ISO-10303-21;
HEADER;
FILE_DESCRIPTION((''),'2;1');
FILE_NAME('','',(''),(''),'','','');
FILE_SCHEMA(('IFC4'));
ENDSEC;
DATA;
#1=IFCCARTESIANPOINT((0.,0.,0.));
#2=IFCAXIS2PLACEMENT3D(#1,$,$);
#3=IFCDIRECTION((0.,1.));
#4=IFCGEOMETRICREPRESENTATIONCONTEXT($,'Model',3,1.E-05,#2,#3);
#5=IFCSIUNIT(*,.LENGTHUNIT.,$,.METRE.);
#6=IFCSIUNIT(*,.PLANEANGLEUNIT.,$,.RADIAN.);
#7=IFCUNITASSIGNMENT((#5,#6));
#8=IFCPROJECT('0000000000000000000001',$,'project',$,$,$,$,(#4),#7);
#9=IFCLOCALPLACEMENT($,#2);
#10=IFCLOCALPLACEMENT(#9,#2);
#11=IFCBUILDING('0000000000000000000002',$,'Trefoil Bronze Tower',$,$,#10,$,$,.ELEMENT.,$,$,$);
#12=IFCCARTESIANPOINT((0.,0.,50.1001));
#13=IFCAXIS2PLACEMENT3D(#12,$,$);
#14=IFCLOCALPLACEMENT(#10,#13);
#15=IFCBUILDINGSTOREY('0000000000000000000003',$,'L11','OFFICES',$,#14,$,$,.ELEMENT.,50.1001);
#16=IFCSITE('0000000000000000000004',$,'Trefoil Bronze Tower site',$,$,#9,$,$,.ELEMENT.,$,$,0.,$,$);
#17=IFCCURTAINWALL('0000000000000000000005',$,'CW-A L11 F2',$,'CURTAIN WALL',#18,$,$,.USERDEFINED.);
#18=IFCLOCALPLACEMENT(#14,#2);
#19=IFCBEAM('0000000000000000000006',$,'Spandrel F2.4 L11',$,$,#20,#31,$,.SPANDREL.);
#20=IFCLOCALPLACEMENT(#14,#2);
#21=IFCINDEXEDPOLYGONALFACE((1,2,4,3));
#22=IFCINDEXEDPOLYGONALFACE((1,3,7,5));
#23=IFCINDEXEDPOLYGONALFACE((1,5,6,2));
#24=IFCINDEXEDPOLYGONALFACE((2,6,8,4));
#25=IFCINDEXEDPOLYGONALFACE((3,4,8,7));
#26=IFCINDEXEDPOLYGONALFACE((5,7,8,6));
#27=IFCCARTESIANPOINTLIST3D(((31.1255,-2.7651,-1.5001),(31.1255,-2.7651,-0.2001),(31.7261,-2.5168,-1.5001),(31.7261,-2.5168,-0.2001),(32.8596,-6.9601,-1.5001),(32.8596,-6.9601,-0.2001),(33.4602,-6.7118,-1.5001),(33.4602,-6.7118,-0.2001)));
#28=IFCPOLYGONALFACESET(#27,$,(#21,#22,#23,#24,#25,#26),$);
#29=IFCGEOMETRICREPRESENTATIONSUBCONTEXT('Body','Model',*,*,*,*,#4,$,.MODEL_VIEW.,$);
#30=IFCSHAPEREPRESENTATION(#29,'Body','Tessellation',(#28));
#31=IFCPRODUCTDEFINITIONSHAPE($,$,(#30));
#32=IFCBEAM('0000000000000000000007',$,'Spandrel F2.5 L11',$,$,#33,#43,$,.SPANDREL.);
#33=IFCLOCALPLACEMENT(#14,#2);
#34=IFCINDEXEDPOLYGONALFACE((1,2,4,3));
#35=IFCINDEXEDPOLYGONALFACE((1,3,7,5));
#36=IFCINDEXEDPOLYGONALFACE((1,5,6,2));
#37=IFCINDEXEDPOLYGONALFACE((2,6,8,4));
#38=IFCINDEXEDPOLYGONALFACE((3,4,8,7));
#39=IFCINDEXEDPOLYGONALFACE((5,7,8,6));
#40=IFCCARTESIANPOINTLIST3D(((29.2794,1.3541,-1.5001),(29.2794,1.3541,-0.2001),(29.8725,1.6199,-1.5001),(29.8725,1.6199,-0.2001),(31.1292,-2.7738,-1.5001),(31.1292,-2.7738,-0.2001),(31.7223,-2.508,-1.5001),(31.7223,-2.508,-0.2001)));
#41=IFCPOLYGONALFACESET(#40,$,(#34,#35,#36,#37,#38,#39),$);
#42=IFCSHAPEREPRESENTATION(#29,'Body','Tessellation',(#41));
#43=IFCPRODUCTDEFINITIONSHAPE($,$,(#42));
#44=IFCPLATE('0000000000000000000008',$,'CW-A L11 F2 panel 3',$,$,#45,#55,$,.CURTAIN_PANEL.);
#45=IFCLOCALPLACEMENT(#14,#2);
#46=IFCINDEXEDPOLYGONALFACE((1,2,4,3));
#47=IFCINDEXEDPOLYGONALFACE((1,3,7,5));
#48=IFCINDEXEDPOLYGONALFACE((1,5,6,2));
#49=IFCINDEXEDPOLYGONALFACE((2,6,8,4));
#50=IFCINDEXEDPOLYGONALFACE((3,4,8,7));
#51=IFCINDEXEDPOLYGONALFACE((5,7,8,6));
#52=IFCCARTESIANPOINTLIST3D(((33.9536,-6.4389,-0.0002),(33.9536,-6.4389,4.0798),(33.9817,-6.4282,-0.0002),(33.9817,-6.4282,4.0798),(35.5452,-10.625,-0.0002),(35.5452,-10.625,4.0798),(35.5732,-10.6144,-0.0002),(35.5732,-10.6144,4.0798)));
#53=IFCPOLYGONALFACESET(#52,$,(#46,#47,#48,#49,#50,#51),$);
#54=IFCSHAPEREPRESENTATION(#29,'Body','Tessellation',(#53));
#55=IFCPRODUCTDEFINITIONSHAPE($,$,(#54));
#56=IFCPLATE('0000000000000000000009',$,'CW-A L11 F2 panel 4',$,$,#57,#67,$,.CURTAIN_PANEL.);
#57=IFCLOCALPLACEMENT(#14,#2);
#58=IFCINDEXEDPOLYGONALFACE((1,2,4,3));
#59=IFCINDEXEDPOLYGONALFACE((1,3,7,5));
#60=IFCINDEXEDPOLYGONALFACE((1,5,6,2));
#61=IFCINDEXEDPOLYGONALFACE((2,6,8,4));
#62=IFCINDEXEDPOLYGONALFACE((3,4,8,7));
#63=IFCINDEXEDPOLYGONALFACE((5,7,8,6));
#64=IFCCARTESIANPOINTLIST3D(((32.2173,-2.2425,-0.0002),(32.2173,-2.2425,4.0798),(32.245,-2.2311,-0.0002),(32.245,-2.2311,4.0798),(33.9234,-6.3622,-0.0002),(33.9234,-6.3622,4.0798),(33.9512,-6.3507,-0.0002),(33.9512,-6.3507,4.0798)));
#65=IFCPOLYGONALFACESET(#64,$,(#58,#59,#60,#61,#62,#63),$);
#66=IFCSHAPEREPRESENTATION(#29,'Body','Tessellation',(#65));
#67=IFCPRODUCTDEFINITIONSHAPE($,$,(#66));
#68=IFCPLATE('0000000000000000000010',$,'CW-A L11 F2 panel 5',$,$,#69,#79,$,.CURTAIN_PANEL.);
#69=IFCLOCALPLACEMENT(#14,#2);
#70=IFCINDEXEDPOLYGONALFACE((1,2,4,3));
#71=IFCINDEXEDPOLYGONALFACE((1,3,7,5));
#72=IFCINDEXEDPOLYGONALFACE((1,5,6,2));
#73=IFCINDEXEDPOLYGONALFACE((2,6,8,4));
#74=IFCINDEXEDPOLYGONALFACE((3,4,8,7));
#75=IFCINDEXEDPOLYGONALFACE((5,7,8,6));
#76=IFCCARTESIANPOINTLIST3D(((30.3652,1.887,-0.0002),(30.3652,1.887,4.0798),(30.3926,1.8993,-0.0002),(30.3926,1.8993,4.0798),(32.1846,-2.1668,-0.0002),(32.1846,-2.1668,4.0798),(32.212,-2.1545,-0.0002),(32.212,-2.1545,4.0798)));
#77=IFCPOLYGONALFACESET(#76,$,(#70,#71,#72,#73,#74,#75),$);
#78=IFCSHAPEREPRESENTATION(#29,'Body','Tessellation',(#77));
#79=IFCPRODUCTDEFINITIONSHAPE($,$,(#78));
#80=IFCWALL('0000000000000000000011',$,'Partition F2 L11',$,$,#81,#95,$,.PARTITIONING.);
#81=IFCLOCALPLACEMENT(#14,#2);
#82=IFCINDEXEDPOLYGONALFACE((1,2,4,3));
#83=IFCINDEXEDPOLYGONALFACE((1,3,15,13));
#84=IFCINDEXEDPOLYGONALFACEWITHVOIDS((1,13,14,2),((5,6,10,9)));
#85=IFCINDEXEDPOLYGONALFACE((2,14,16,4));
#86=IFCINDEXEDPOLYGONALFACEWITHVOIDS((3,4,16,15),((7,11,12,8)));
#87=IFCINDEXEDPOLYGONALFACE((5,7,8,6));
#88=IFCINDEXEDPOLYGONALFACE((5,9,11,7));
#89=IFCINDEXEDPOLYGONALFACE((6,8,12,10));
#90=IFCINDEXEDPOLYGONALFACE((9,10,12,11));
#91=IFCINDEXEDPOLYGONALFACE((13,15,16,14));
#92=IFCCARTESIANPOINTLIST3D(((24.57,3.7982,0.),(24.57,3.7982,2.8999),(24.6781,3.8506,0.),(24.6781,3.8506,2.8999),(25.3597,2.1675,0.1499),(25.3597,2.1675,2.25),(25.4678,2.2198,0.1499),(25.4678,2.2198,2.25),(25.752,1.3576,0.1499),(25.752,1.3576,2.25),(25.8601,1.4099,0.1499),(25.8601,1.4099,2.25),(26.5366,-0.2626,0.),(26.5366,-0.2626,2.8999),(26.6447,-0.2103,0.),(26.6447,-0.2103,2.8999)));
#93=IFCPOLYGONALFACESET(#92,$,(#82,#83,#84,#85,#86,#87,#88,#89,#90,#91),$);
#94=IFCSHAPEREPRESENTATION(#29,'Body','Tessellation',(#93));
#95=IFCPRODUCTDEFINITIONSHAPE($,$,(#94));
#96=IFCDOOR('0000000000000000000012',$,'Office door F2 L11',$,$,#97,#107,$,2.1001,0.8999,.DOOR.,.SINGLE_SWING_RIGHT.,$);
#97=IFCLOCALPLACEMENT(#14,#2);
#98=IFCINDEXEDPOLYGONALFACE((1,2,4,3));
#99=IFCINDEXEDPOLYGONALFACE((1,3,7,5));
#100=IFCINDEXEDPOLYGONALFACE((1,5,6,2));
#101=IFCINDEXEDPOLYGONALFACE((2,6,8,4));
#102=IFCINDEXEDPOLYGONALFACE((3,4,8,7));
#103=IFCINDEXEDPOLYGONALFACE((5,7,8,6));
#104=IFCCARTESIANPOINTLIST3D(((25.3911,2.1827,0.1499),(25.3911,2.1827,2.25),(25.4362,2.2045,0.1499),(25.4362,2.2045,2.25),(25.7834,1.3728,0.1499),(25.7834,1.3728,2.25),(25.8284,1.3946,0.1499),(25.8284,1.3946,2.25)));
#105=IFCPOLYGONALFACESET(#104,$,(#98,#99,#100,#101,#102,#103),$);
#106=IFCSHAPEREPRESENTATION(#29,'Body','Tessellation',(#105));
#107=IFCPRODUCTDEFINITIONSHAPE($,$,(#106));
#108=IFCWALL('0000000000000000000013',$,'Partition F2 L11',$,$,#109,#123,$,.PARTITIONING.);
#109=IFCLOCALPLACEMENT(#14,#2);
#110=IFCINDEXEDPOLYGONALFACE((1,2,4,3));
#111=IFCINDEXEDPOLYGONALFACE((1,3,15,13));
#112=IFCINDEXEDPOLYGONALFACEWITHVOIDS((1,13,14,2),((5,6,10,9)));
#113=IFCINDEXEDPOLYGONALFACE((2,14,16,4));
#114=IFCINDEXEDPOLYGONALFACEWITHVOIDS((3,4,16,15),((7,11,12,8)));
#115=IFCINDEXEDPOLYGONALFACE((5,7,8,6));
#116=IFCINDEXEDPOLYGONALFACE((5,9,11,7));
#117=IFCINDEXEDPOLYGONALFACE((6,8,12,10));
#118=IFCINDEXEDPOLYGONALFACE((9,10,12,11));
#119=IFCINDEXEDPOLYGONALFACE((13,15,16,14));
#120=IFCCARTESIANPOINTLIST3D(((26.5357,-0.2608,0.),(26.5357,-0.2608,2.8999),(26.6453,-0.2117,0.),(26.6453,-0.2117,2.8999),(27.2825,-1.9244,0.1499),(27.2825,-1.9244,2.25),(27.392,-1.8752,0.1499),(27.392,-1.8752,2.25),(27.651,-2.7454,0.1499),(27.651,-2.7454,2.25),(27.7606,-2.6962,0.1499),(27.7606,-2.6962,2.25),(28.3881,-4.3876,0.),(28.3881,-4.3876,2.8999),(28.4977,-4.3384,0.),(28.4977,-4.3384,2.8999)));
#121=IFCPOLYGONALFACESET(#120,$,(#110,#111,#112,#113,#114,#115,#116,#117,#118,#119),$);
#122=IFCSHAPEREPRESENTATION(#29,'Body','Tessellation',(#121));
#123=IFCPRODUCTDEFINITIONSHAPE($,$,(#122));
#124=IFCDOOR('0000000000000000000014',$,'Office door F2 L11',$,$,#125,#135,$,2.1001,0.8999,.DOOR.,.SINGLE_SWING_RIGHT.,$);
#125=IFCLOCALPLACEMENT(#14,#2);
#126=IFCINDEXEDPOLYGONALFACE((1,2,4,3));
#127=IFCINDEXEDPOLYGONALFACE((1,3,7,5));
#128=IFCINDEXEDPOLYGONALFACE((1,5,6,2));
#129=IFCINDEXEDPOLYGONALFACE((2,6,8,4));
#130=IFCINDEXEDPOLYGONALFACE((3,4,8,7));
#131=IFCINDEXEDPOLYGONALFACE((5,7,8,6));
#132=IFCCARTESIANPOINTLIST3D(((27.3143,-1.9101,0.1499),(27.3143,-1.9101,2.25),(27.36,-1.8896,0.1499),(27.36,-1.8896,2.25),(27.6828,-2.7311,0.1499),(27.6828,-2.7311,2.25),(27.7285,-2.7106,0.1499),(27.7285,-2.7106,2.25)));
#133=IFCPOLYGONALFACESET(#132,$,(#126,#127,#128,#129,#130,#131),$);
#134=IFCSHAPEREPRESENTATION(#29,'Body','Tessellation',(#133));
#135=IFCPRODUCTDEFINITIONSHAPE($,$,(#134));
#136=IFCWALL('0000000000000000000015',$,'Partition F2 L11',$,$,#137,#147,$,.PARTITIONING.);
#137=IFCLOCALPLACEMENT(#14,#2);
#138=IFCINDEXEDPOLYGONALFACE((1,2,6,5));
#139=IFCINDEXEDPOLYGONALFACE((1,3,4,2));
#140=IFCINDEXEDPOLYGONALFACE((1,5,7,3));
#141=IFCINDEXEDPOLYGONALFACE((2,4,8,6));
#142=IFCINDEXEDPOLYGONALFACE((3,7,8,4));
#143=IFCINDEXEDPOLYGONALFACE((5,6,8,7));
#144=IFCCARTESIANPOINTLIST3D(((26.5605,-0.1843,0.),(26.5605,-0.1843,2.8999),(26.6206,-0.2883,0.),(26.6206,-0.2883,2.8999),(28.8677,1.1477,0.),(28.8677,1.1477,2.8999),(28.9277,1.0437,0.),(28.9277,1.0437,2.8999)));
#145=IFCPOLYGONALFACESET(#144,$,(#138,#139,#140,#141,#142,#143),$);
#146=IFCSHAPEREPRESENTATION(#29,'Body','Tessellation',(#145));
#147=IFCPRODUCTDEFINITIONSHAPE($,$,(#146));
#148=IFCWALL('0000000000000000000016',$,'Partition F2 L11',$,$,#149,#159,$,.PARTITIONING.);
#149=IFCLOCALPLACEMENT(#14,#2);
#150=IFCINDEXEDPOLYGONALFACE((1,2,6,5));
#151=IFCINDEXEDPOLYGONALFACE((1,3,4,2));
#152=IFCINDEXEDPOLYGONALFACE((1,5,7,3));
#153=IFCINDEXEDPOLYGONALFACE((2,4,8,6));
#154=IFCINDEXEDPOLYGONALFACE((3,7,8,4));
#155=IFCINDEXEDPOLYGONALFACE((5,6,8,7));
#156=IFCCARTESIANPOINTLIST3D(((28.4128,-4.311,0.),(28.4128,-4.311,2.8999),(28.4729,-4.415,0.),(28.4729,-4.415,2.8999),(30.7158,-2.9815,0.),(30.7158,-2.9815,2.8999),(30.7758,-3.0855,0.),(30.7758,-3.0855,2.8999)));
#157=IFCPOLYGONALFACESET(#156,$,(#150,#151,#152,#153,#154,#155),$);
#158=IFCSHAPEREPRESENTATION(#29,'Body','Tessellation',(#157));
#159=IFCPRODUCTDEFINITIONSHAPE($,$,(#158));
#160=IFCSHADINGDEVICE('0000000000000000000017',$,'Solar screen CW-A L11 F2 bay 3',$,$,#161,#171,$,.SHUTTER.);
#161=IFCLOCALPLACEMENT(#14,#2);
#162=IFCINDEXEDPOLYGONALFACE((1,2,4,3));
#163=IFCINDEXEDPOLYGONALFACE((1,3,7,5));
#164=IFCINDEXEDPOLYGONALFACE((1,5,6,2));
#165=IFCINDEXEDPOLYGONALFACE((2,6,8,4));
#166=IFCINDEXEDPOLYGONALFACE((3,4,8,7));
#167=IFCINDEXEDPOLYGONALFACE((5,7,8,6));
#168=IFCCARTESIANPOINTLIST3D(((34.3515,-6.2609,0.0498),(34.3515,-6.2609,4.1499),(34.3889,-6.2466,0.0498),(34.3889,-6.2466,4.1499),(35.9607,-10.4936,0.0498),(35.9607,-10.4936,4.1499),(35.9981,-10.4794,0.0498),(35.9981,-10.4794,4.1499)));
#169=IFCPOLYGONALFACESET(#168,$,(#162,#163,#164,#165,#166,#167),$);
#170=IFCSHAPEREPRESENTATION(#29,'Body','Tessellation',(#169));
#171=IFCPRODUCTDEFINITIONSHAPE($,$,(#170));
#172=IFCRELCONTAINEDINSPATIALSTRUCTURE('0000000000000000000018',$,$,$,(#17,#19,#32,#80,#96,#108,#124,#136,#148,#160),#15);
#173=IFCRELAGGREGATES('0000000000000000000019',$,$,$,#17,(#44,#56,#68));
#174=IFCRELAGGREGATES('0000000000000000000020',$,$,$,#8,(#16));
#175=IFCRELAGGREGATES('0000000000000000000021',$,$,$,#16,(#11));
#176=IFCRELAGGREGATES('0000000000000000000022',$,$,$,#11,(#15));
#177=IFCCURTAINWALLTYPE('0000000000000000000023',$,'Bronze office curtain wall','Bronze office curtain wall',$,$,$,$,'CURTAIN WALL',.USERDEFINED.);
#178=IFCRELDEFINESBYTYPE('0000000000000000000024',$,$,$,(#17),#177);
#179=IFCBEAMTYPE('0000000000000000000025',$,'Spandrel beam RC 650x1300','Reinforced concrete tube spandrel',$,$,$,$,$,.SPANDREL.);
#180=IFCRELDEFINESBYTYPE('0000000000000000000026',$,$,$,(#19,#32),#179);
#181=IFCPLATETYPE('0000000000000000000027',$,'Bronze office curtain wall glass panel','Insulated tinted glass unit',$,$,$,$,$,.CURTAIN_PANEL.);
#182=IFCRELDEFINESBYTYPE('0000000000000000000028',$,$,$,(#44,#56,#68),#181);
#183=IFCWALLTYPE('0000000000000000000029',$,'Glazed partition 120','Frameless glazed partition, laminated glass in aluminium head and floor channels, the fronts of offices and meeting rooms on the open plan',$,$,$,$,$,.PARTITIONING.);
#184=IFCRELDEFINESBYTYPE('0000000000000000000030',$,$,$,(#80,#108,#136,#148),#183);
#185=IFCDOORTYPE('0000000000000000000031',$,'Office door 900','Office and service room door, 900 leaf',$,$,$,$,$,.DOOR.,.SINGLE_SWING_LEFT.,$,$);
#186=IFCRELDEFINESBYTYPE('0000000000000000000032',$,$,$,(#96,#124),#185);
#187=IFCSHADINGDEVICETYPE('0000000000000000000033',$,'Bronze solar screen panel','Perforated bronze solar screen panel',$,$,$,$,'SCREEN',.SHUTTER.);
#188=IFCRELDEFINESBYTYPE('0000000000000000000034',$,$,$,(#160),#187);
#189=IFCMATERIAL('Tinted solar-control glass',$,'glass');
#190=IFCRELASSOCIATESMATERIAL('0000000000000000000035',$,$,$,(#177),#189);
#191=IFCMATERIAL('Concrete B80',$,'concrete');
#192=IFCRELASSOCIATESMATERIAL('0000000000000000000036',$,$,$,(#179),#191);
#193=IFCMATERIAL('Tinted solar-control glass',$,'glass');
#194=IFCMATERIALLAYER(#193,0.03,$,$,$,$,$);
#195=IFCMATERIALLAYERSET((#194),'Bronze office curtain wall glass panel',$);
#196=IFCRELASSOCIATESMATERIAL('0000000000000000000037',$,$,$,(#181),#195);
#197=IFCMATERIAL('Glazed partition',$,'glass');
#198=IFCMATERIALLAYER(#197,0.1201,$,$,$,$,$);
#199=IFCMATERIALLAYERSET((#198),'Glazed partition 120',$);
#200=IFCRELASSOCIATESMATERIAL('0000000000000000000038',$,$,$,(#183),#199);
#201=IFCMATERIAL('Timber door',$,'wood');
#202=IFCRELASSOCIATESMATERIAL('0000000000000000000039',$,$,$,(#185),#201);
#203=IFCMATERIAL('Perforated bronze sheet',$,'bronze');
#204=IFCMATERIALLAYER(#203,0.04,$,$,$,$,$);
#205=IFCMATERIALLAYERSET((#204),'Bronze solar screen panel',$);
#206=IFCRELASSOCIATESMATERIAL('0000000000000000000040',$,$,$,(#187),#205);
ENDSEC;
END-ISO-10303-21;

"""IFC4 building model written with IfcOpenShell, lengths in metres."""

from ifc_helpers import new_model, si_unit, direction, frame, frame_2d, origin, origin_2d, place, context, subcontext, project, spatial, rectangle, extrude, material, layer, layer_set, material_profile, profile_set, type_object, element, fill, aggregate, save


model = new_model("IFC4")

# Units and contexts
model_context = context("Model", 3, precision=1e-05, world=origin(), true_north=direction((0.0, 1.0)))
body_context = subcontext(model_context, "Body", "Model", "MODEL_VIEW")
ifc_project = project(units=[si_unit("LENGTHUNIT", "METRE"), si_unit("PLANEANGLEUNIT", "RADIAN")], contexts=[model_context])

# Site, building, storey
site_placement = place(None, origin())
site = spatial("IfcSite", under=ifc_project, at=site_placement, Name="Trefoil Bronze Tower site", CompositionType="ELEMENT", RefElevation=0.0)
building_placement = place(site_placement, origin())
building = spatial("IfcBuilding", under=site, at=building_placement, Name="Trefoil Bronze Tower", CompositionType="ELEMENT")
storey_placement = place(building_placement, frame((0.0, 0.0, 50.1001)))
storey = spatial("IfcBuildingStorey", under=building, at=storey_placement, Name="L11", Description="OFFICES", CompositionType="ELEMENT", Elevation=50.1001)

# Curtain wall
ifc_material_1 = material(Name="Tinted solar-control glass", Category="glass")
curtain_wall_type = type_object("IfcCurtainWallType", Name="Bronze office curtain wall", Description="Bronze office curtain wall", ElementType="CURTAIN WALL", PredefinedType="USERDEFINED", material=ifc_material_1)
curtain_wall_placement = place(storey_placement, origin())
curtain_wall = element("IfcCurtainWall", 1, at=curtain_wall_placement, inside=storey, type_object=curtain_wall_type, Name="CW-A L11 F2", ObjectType="CURTAIN WALL", PredefinedType="USERDEFINED")

# Beams
ifc_material_2 = material(Name="Concrete B80", Category="concrete")
ifc_material_profile_1 = material_profile(ifc_material_2, rectangle(XDim=0.6499, YDim=1.3, at=origin_2d()), Name="RC 650x1300")
ifc_profile_set_1 = profile_set([ifc_material_profile_1], Name="Concrete B80")
beam_type_1 = type_object("IfcBeamType", Name="Spandrel beam RC 650x1300", Description="Reinforced concrete tube spandrel", PredefinedType="SPANDREL", material=ifc_profile_set_1)
beam_1_placement = place(storey_placement, frame((33.1599, -6.8359, -0.8501), z_axis=(-0.382021, 0.924154, 0.0), x_axis=(-0.924154, -0.382021, 0.0)))
element("IfcBeam", 2, at=beam_1_placement, inside=storey, type_object=beam_type_1, Name="Spandrel F2.4 L11", PredefinedType="SPANDREL", context=body_context, shape_type="SweptSolid", body=[
    extrude(rectangle(XDim=0.6499, YDim=1.3, at=origin_2d()), origin(), (0.0, 0.0, 1.0), 4.5393),
])
beam_2_placement = place(storey_placement, frame((31.4258, -2.6409, -0.8501), z_axis=(-0.408946, 0.912559, 0.0), x_axis=(-0.912559, -0.408946, 0.0)))
element("IfcBeam", 3, at=beam_2_placement, inside=storey, type_object=beam_type_1, Name="Spandrel F2.5 L11", PredefinedType="SPANDREL", context=body_context, shape_type="SweptSolid", body=[
    extrude(rectangle(XDim=0.6499, YDim=1.3, at=origin_2d()), origin(), (0.0, 0.0, 1.0), 4.5234),
])

# Plates
ifc_material_3 = material(Name="Tinted solar-control glass", Category="glass")
ifc_layer_1 = layer(ifc_material_3, 0.03)
ifc_layer_set_1 = layer_set([ifc_layer_1], Name="Bronze office curtain wall glass panel")
plate_type = type_object("IfcPlateType", Name="Bronze office curtain wall glass panel", Description="Insulated tinted glass unit", PredefinedType="CURTAIN_PANEL", material=ifc_layer_set_1)
plate_1_placement = place(storey_placement, frame((34.7634, -8.5266, -0.0002), z_axis=(0.0, 0.0, 1.0), x_axis=(-0.355371, 0.934725, 0.0)))
plate_1 = element("IfcPlate", 4, at=plate_1_placement, type_object=plate_type, Name="CW-A L11 F2 panel 3", PredefinedType="CURTAIN_PANEL", context=body_context, shape_type="SweptSolid", body=[
    extrude(rectangle(XDim=4.4785, YDim=0.03, at=origin_2d()), origin(), (0.0, 0.0, 1.0), 4.0801),
])
plate_2_placement = place(storey_placement, frame((33.0842, -4.2966, -0.0002), z_axis=(0.0, 0.0, 1.0), x_axis=(-0.38263, 0.923902, 0.0)))
plate_2 = element("IfcPlate", 5, at=plate_2_placement, type_object=plate_type, Name="CW-A L11 F2 panel 4", PredefinedType="CURTAIN_PANEL", context=body_context, shape_type="SweptSolid", body=[
    extrude(rectangle(XDim=4.459, YDim=0.03, at=origin_2d()), origin(), (0.0, 0.0, 1.0), 4.0801),
])
plate_3_placement = place(storey_placement, frame((31.2886, -0.1338, -0.0002), z_axis=(0.0, 0.0, 1.0), x_axis=(-0.409456, 0.91233, 0.0)))
plate_3 = element("IfcPlate", 6, at=plate_3_placement, type_object=plate_type, Name="CW-A L11 F2 panel 5", PredefinedType="CURTAIN_PANEL", context=body_context, shape_type="SweptSolid", body=[
    extrude(rectangle(XDim=4.4434, YDim=0.03, at=origin_2d()), origin(), (0.0, 0.0, 1.0), 4.0801),
])
aggregate(curtain_wall, [plate_1, plate_2, plate_3])

# Walls, openings, doors
ifc_material_4 = material(Name="Glazed partition", Category="glass")
ifc_layer_2 = layer(ifc_material_4, 0.1201)
ifc_layer_set_2 = layer_set([ifc_layer_2], Name="Glazed partition 120")
wall_type = type_object("IfcWallType", Name="Glazed partition 120", Description="Frameless glazed partition, laminated glass in aluminium head and floor channels, the fronts of offices and meeting rooms on the open plan", PredefinedType="PARTITIONING", material=ifc_layer_set_2)
wall_1_placement = place(storey_placement, frame((26.5906, -0.2363, 0.0), z_axis=(0.0, 0.0, 1.0), x_axis=(-0.435858, 0.900015, 0.0)))
wall_1 = element("IfcWall", 7, at=wall_1_placement, inside=storey, type_object=wall_type, Name="Partition F2 L11", PredefinedType="PARTITIONING", context=body_context, shape_type="SweptSolid", body=[
    extrude(rectangle(XDim=4.512, YDim=0.1201, at=frame_2d((2.2559, 0.0))), origin(), (0.0, 0.0, 1.0), 2.8999),
])
opening_1_placement = place(wall_1_placement, frame((1.8, 0.0, 0.1499)))
opening_1 = element("IfcOpeningElement", 8, at=opening_1_placement, cuts=wall_1, PredefinedType="OPENING", context=body_context, shape_type="SweptSolid", body=[
    extrude(rectangle(XDim=0.8999, YDim=2.1001, at=frame_2d((0.45, 1.05))), frame((0.0, 0.0701, 0.0), z_axis=(0.0, -1.0, 0.0), x_axis=(1.0, 0.0, 0.0)), (0.0, 0.0, 1.0), 0.1401),
])
ifc_material_5 = material(Name="Timber door", Category="wood")
door_type = type_object("IfcDoorType", Name="Office door 900", Description="Office and service room door, 900 leaf", OperationType="SINGLE_SWING_LEFT", PredefinedType="DOOR", material=ifc_material_5)
door_1_placement = place(opening_1_placement, frame((0.8999, 0.0, 0.0), z_axis=(0.0, 0.0, 1.0), x_axis=(-1.0, 0.0, 0.0)))
door_1 = element("IfcDoor", 9, at=door_1_placement, inside=storey, type_object=door_type, Name="Office door F2 L11", OperationType="SINGLE_SWING_RIGHT", OverallHeight=2.1001, OverallWidth=0.8999, PredefinedType="DOOR", context=body_context, shape_type="SweptSolid", body=[
    extrude(rectangle(XDim=0.8999, YDim=2.1001, at=frame_2d((0.45, 1.05))), frame((0.0, 0.0249, 0.0), z_axis=(0.0, -1.0, 0.0), x_axis=(1.0, 0.0, 0.0)), (0.0, 0.0, 1.0), 0.05),
])
fill(opening_1, door_1)
wall_2_placement = place(storey_placement, frame((28.4429, -4.363, 0.0), z_axis=(0.0, 0.0, 1.0), x_axis=(-0.409496, 0.912312, 0.0)))
wall_2 = element("IfcWall", 10, at=wall_2_placement, inside=storey, type_object=wall_type, Name="Partition F2 L11", PredefinedType="PARTITIONING", context=body_context, shape_type="SweptSolid", body=[
    extrude(rectangle(XDim=4.5234, YDim=0.1201, at=frame_2d((2.2617, 0.0))), origin(), (0.0, 0.0, 1.0), 2.8999),
])
opening_2_placement = place(wall_2_placement, frame((1.8, 0.0, 0.1499)))
opening_2 = element("IfcOpeningElement", 11, at=opening_2_placement, cuts=wall_2, PredefinedType="OPENING", context=body_context, shape_type="SweptSolid", body=[
    extrude(rectangle(XDim=0.8999, YDim=2.1001, at=frame_2d((0.45, 1.05))), frame((0.0, 0.0701, 0.0), z_axis=(0.0, -1.0, 0.0), x_axis=(1.0, 0.0, 0.0)), (0.0, 0.0, 1.0), 0.1401),
])
door_2_placement = place(opening_2_placement, frame((0.8999, 0.0, 0.0), z_axis=(0.0, 0.0, 1.0), x_axis=(-1.0, 0.0, 0.0)))
door_2 = element("IfcDoor", 12, at=door_2_placement, inside=storey, type_object=door_type, Name="Office door F2 L11", OperationType="SINGLE_SWING_RIGHT", OverallHeight=2.1001, OverallWidth=0.8999, PredefinedType="DOOR", context=body_context, shape_type="SweptSolid", body=[
    extrude(rectangle(XDim=0.8999, YDim=2.1001, at=frame_2d((0.45, 1.05))), frame((0.0, 0.0249, 0.0), z_axis=(0.0, -1.0, 0.0), x_axis=(1.0, 0.0, 0.0)), (0.0, 0.0, 1.0), 0.05),
])
fill(opening_2, door_2)

# Walls
wall_3_placement = place(storey_placement, frame((26.5906, -0.2363, 0.0), z_axis=(0.0, 0.0, 1.0), x_axis=(0.866024, 0.500003, 0.0)))
element("IfcWall", 13, at=wall_3_placement, inside=storey, type_object=wall_type, Name="Partition F2 L11", PredefinedType="PARTITIONING", context=body_context, shape_type="SweptSolid", body=[
    extrude(rectangle(XDim=2.6641, YDim=0.1201, at=frame_2d((1.332, 0.0))), origin(), (0.0, 0.0, 1.0), 2.8999),
])
wall_4_placement = place(storey_placement, frame((28.4429, -4.363, 0.0), z_axis=(0.0, 0.0, 1.0), x_axis=(0.866031, 0.49999, 0.0)))
element("IfcWall", 14, at=wall_4_placement, inside=storey, type_object=wall_type, Name="Partition F2 L11", PredefinedType="PARTITIONING", context=body_context, shape_type="SweptSolid", body=[
    extrude(rectangle(XDim=2.6592, YDim=0.1201, at=frame_2d((1.3296, 0.0))), origin(), (0.0, 0.0, 1.0), 2.8999),
])

# Shading device
ifc_material_6 = material(Name="Perforated bronze sheet", Category="bronze")
ifc_layer_3 = layer(ifc_material_6, 0.04)
ifc_layer_set_3 = layer_set([ifc_layer_3], Name="Bronze solar screen panel")
shading_device_type = type_object("IfcShadingDeviceType", Name="Bronze solar screen panel", Description="Perforated bronze solar screen panel", ElementType="SCREEN", PredefinedType="SHUTTER", material=ifc_layer_set_3)
shading_device_1_placement = place(storey_placement, frame((35.1748, -8.3701, 0.0498), z_axis=(0.0, 0.0, 1.0), x_axis=(-0.355371, 0.934725, 0.0)))
element("IfcShadingDevice", 15, at=shading_device_1_placement, inside=storey, type_object=shading_device_type, Name="Solar screen CW-A L11 F2 bay 3", PredefinedType="SHUTTER", context=body_context, shape_type="SweptSolid", body=[
    extrude(rectangle(XDim=4.5283, YDim=0.04, at=origin_2d()), origin(), (0.0, 0.0, 1.0), 4.1001),
])

save(model, "model.ifc")
